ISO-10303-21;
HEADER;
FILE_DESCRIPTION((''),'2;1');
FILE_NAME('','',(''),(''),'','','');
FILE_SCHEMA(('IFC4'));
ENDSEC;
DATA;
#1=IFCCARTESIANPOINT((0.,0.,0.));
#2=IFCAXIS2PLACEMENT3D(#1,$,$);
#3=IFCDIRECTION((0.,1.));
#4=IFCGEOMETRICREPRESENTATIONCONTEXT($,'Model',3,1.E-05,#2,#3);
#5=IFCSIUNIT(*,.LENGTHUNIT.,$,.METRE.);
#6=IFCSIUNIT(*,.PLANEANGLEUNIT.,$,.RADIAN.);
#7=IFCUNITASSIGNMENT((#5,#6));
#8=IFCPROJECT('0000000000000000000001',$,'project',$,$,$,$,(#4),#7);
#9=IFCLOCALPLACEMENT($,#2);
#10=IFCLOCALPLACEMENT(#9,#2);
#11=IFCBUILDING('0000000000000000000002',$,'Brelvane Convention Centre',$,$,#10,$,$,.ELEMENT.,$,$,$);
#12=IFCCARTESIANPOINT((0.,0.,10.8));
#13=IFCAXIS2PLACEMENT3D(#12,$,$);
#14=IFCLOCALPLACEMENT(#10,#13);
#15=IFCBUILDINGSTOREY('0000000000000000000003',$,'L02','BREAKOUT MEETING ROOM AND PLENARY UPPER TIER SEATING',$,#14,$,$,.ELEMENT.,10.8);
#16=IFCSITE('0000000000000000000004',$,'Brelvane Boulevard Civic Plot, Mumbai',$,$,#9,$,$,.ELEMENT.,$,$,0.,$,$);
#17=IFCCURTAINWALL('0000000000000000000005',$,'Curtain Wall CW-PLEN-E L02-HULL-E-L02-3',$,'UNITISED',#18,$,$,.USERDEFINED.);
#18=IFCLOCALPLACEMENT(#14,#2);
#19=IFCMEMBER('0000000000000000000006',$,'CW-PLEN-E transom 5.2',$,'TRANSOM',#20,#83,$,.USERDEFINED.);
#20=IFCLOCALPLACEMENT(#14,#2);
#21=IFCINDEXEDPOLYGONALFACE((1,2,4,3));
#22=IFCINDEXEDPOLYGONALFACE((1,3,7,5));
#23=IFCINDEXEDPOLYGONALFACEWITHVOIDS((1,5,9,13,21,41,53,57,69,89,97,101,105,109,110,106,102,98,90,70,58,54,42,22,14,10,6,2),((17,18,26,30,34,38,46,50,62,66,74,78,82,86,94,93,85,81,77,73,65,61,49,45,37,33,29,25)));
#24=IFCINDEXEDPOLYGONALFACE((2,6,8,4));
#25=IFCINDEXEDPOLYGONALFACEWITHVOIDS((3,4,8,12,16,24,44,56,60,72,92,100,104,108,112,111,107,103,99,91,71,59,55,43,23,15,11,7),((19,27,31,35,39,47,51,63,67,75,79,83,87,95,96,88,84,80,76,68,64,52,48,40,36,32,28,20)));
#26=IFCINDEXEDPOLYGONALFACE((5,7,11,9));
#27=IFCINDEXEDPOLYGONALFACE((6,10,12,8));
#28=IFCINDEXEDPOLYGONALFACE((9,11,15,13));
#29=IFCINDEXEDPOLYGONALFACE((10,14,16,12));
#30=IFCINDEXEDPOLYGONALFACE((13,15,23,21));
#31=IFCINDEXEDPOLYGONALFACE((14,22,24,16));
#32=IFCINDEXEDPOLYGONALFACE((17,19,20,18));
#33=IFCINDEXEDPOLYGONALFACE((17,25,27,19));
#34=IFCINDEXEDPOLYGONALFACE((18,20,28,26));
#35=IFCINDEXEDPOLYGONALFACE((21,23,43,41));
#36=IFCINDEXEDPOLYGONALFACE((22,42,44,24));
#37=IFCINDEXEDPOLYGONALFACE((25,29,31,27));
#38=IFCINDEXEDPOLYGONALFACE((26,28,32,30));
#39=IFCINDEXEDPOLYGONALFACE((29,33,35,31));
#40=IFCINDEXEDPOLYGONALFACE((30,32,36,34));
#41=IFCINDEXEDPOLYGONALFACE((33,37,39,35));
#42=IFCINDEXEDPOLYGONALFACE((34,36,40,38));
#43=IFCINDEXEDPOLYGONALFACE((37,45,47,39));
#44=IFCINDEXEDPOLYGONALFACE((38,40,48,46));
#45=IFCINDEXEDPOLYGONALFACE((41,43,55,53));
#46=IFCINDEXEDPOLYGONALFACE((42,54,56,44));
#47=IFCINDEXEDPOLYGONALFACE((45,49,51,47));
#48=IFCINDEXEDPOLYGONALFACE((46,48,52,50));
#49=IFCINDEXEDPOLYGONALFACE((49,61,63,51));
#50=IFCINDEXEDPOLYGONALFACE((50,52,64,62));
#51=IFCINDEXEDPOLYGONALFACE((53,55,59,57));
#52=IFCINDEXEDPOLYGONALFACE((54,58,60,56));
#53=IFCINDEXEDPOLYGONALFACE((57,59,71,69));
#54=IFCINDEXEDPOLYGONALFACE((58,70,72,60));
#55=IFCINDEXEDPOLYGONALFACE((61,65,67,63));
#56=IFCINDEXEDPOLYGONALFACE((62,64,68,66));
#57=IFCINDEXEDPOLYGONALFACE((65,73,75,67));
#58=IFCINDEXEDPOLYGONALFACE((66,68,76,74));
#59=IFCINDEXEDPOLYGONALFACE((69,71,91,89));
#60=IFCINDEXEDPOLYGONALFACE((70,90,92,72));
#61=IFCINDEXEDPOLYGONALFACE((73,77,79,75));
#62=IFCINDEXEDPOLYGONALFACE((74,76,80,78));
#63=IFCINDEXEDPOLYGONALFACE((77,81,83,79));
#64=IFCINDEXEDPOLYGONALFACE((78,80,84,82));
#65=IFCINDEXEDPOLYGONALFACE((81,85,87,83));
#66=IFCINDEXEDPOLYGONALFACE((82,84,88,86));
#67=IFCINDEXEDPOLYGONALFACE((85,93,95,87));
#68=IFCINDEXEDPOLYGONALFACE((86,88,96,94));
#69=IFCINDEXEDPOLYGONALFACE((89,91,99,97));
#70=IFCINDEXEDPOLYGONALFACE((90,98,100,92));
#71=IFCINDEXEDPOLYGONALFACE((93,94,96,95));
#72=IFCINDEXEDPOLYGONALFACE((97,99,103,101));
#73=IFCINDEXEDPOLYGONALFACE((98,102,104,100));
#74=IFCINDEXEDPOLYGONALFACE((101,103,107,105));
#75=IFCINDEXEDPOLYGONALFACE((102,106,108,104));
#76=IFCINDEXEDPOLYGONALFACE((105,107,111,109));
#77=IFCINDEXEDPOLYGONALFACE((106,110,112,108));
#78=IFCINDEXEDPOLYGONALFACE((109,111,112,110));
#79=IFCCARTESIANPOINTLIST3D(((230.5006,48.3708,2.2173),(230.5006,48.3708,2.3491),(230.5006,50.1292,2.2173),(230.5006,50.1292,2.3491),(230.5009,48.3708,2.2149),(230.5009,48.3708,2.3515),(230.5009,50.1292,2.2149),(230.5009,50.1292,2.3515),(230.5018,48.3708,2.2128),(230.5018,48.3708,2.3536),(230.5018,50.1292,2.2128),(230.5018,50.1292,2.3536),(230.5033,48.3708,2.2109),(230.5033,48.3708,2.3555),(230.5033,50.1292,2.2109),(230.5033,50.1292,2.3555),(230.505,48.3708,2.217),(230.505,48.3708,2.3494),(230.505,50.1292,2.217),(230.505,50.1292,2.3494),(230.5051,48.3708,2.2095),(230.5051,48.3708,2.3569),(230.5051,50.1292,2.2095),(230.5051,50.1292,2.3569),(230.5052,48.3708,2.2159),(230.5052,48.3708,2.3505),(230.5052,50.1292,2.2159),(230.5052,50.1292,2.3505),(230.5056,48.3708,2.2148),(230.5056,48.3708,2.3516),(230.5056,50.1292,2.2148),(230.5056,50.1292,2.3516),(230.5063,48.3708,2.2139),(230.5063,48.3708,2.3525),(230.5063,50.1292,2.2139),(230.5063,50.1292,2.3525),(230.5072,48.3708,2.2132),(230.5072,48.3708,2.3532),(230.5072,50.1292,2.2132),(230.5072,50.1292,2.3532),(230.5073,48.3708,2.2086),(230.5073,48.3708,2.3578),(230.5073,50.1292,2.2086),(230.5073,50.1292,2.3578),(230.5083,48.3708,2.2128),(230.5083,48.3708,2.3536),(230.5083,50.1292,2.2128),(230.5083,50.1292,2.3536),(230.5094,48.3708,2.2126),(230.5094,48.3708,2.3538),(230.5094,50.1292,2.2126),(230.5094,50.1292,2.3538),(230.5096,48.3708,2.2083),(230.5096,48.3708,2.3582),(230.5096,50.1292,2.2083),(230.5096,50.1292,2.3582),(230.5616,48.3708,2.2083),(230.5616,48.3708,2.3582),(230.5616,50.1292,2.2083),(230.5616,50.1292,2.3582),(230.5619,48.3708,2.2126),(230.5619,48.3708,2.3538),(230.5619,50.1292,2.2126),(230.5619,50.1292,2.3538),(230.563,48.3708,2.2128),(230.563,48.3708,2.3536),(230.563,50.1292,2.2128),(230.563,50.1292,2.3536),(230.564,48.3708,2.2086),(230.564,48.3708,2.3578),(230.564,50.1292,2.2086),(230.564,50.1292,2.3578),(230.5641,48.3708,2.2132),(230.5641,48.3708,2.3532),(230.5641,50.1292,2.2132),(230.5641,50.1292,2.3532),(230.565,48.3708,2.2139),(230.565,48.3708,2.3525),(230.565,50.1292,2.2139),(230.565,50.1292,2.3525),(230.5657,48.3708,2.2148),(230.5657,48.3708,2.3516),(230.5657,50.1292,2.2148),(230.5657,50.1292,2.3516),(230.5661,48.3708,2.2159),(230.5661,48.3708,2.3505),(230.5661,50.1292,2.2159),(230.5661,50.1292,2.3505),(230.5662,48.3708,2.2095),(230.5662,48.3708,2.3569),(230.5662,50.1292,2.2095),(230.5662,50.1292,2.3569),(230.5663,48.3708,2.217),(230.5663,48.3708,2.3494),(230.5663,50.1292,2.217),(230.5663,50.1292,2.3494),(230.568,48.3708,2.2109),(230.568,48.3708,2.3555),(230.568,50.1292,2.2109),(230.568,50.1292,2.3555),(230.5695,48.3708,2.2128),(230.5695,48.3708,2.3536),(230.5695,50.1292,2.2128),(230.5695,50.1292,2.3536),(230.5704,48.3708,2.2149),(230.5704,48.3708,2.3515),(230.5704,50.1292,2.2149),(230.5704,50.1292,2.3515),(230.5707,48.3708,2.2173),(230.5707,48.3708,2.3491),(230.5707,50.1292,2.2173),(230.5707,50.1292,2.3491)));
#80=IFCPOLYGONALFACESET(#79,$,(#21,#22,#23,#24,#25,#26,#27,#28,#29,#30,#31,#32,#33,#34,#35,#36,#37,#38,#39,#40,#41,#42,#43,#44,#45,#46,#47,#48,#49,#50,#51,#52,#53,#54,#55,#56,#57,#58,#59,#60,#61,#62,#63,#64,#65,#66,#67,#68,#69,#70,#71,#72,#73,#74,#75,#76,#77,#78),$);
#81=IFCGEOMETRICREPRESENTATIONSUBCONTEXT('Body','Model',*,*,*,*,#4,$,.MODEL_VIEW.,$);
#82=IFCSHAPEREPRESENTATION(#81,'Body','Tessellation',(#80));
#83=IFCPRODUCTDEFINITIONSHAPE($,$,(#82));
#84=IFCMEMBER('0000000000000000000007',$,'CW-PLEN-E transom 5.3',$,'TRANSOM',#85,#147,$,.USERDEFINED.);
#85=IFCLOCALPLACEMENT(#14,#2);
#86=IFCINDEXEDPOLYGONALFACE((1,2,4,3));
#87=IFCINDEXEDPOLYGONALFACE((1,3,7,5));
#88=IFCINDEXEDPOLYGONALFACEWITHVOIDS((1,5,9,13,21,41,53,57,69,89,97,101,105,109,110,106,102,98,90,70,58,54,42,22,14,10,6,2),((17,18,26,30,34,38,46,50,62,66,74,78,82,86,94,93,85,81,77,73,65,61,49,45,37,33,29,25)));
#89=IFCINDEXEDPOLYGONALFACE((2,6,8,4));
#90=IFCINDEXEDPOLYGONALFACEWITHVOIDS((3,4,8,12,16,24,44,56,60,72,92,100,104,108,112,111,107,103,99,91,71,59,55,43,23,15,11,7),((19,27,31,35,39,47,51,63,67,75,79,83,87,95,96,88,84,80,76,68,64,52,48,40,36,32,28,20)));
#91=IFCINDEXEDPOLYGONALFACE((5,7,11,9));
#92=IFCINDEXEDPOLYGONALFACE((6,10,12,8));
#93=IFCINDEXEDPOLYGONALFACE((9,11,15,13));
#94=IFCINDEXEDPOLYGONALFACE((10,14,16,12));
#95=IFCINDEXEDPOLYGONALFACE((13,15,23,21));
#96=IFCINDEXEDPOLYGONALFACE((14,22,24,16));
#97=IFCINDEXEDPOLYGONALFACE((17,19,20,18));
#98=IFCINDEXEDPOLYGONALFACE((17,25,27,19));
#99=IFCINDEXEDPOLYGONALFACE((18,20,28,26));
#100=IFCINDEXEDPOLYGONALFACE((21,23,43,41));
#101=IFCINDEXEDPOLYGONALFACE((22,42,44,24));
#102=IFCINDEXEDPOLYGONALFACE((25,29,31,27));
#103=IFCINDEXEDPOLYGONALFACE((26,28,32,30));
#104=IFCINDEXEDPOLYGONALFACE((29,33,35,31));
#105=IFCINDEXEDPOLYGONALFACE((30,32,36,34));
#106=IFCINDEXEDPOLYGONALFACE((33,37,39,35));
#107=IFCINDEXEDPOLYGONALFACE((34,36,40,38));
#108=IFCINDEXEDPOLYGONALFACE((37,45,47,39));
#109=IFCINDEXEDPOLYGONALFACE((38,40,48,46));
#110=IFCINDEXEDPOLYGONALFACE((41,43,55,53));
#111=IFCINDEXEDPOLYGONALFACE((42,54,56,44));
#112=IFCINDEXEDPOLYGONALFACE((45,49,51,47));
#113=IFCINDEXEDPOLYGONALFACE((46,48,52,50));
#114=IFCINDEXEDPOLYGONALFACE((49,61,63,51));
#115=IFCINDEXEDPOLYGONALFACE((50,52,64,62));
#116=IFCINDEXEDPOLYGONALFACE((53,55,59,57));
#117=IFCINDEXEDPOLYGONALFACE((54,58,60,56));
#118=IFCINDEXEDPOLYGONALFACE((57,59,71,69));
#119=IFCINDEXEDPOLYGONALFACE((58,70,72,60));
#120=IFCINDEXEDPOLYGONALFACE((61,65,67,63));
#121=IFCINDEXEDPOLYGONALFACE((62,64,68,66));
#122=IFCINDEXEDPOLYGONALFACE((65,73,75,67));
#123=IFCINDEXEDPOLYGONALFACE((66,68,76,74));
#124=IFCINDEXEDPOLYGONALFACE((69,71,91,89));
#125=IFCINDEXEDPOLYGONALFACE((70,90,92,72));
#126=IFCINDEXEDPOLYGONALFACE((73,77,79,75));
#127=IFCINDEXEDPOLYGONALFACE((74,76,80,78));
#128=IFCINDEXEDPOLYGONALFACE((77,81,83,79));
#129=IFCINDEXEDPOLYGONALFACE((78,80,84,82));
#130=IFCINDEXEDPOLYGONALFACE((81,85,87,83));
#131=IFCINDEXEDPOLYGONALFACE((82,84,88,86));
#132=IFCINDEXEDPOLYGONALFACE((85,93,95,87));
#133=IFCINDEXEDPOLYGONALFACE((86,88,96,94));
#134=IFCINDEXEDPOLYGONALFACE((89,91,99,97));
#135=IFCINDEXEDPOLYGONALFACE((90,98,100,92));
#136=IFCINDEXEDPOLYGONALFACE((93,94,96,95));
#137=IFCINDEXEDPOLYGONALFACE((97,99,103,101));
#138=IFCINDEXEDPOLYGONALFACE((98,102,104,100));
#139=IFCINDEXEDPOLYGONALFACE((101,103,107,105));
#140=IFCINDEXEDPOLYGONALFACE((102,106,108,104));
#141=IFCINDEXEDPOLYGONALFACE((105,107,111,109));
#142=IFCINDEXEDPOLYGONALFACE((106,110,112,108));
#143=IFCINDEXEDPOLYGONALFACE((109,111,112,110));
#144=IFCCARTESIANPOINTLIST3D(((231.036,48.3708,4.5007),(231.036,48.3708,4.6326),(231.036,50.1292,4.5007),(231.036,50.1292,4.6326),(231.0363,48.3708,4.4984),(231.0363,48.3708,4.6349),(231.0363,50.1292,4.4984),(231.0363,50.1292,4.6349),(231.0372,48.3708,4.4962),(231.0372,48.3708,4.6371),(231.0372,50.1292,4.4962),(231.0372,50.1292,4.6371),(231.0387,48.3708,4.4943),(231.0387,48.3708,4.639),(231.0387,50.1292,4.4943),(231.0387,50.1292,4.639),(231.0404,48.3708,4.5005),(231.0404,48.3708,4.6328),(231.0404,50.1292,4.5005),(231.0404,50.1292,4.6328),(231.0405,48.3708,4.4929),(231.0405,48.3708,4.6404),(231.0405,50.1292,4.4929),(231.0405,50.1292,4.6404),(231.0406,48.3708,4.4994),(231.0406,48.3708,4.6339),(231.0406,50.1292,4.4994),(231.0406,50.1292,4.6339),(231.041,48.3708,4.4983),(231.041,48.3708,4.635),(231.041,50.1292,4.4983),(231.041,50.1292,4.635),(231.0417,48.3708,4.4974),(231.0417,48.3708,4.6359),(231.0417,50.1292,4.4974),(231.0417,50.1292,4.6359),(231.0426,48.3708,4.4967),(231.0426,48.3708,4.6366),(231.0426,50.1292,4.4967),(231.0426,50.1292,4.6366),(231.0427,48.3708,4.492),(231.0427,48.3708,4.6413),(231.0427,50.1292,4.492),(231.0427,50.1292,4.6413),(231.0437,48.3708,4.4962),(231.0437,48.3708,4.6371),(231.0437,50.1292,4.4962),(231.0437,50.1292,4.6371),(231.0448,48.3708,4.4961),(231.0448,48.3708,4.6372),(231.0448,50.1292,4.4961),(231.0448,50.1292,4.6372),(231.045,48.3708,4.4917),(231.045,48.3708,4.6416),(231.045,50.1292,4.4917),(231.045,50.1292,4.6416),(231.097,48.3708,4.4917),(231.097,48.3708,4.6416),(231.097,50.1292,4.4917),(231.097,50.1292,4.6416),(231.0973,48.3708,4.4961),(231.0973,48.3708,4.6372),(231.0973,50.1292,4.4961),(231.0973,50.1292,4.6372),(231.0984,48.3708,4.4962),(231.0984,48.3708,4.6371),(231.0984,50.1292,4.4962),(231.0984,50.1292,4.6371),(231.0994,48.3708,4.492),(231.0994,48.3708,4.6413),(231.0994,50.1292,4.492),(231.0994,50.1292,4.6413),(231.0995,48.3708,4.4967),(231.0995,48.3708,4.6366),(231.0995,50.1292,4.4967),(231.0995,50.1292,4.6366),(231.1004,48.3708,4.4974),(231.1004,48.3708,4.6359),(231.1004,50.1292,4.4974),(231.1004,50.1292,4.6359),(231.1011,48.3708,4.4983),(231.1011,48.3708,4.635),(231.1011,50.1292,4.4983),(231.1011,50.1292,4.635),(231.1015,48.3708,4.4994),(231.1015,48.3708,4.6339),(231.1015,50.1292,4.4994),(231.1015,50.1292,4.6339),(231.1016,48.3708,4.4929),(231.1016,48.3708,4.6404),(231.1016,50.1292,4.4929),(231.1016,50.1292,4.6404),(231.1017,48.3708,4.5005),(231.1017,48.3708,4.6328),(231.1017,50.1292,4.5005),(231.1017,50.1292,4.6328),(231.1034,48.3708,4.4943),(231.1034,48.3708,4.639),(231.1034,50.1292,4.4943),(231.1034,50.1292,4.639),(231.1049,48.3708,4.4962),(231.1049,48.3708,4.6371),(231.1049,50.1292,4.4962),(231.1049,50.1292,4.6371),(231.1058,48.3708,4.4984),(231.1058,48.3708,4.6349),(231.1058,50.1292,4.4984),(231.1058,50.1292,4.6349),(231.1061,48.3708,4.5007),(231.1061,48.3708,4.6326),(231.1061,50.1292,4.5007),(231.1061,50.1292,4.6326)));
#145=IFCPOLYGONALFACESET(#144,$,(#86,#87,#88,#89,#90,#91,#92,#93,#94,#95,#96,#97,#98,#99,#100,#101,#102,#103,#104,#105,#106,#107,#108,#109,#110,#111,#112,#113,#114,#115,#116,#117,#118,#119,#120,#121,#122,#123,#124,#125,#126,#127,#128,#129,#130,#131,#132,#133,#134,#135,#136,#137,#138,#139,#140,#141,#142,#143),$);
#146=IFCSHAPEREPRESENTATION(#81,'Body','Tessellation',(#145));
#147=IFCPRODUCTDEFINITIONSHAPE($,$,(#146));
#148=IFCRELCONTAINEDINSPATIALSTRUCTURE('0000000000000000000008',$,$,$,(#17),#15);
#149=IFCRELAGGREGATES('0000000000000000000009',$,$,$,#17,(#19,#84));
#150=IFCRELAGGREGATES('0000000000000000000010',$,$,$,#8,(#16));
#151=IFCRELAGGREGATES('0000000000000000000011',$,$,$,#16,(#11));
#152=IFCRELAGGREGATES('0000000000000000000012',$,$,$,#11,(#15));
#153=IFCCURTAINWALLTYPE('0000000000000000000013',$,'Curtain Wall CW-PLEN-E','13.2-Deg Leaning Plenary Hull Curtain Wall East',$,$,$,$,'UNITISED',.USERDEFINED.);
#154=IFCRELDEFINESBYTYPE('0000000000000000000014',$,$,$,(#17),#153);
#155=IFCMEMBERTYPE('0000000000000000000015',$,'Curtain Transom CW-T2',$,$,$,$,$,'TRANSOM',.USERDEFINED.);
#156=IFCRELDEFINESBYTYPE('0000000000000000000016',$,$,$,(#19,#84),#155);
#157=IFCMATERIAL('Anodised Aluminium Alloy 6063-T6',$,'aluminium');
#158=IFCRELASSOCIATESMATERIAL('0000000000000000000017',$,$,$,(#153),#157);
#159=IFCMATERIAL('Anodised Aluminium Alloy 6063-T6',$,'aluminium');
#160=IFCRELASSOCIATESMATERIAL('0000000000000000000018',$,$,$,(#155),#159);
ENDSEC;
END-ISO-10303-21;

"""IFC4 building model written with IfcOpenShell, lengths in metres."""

from ifc_helpers import new_model, si_unit, direction, frame, origin, origin_2d, place, context, subcontext, project, spatial, hollow_rectangle, extrude, material, material_profile, profile_set, type_object, element, aggregate, save


model = new_model("IFC4")

# Units and contexts
model_context = context("Model", 3, precision=1e-05, world=origin(), true_north=direction((0.0, 1.0)))
body_context = subcontext(model_context, "Body", "Model", "MODEL_VIEW")
ifc_project = project(units=[si_unit("LENGTHUNIT", "METRE"), si_unit("PLANEANGLEUNIT", "RADIAN")], contexts=[model_context])

# Site, building, storey
site_placement = place(None, origin())
site = spatial("IfcSite", under=ifc_project, at=site_placement, Name="Brelvane Boulevard Civic Plot, Mumbai", CompositionType="ELEMENT", RefElevation=0.0)
building_placement = place(site_placement, origin())
building = spatial("IfcBuilding", under=site, at=building_placement, Name="Brelvane Convention Centre", CompositionType="ELEMENT")
storey_placement = place(building_placement, frame((0.0, 0.0, 10.8)))
storey = spatial("IfcBuildingStorey", under=building, at=storey_placement, Name="L02", Description="BREAKOUT MEETING ROOM AND PLENARY UPPER TIER SEATING", CompositionType="ELEMENT", Elevation=10.8)

# Curtain wall, members
ifc_material_1 = material(Name="Anodised Aluminium Alloy 6063-T6", Category="aluminium")
curtain_wall_type = type_object("IfcCurtainWallType", Name="Curtain Wall CW-PLEN-E", Description="13.2-Deg Leaning Plenary Hull Curtain Wall East", ElementType="UNITISED", PredefinedType="USERDEFINED", material=ifc_material_1)
curtain_wall_1_placement = place(storey_placement, origin())
curtain_wall_1 = element("IfcCurtainWall", 1, at=curtain_wall_1_placement, inside=storey, type_object=curtain_wall_type, Name="Curtain Wall CW-PLEN-E L02-HULL-E-L02-3", ObjectType="UNITISED", PredefinedType="USERDEFINED")
ifc_material_2 = material(Name="Anodised Aluminium Alloy 6063-T6", Category="aluminium")
ifc_material_profile = material_profile(ifc_material_2, hollow_rectangle(XDim=0.0701, YDim=0.1499, WallThickness=0.0044, InnerFilletRadius=0.0044, OuterFilletRadius=0.009, at=origin_2d()), Name="ALU-T 150x70x4.5")
ifc_profile_set = profile_set([ifc_material_profile], Name="Anodised Aluminium Alloy 6063-T6")
member_type = type_object("IfcMemberType", Name="Curtain Transom CW-T2", ElementType="TRANSOM", PredefinedType="USERDEFINED", material=ifc_profile_set)
member_1_placement = place(storey_placement, frame((230.5356, 48.3708, 2.2832), z_axis=(0.0, 1.0, 0.0), x_axis=(-1.0, 0.0, 0.0)))
member_1 = element("IfcMember", 2, at=member_1_placement, type_object=member_type, Name="CW-PLEN-E transom 5.2", ObjectType="TRANSOM", PredefinedType="USERDEFINED", context=body_context, shape_type="SweptSolid", body=[
    extrude(hollow_rectangle(XDim=0.0701, YDim=0.1499, WallThickness=0.0044, InnerFilletRadius=0.0044, OuterFilletRadius=0.009, at=origin_2d()), origin(), (0.0, 0.0, 1.0), 1.7583),
])
member_2_placement = place(storey_placement, frame((231.071, 48.3708, 4.5667), z_axis=(0.0, 1.0, 0.0), x_axis=(-1.0, 0.0, 0.0)))
member_2 = element("IfcMember", 3, at=member_2_placement, type_object=member_type, Name="CW-PLEN-E transom 5.3", ObjectType="TRANSOM", PredefinedType="USERDEFINED", context=body_context, shape_type="SweptSolid", body=[
    extrude(hollow_rectangle(XDim=0.0701, YDim=0.1499, WallThickness=0.0044, InnerFilletRadius=0.0044, OuterFilletRadius=0.009, at=origin_2d()), origin(), (0.0, 0.0, 1.0), 1.7583),
])

aggregate(curtain_wall_1, [member_1, member_2])

save(model, "model.ifc")
